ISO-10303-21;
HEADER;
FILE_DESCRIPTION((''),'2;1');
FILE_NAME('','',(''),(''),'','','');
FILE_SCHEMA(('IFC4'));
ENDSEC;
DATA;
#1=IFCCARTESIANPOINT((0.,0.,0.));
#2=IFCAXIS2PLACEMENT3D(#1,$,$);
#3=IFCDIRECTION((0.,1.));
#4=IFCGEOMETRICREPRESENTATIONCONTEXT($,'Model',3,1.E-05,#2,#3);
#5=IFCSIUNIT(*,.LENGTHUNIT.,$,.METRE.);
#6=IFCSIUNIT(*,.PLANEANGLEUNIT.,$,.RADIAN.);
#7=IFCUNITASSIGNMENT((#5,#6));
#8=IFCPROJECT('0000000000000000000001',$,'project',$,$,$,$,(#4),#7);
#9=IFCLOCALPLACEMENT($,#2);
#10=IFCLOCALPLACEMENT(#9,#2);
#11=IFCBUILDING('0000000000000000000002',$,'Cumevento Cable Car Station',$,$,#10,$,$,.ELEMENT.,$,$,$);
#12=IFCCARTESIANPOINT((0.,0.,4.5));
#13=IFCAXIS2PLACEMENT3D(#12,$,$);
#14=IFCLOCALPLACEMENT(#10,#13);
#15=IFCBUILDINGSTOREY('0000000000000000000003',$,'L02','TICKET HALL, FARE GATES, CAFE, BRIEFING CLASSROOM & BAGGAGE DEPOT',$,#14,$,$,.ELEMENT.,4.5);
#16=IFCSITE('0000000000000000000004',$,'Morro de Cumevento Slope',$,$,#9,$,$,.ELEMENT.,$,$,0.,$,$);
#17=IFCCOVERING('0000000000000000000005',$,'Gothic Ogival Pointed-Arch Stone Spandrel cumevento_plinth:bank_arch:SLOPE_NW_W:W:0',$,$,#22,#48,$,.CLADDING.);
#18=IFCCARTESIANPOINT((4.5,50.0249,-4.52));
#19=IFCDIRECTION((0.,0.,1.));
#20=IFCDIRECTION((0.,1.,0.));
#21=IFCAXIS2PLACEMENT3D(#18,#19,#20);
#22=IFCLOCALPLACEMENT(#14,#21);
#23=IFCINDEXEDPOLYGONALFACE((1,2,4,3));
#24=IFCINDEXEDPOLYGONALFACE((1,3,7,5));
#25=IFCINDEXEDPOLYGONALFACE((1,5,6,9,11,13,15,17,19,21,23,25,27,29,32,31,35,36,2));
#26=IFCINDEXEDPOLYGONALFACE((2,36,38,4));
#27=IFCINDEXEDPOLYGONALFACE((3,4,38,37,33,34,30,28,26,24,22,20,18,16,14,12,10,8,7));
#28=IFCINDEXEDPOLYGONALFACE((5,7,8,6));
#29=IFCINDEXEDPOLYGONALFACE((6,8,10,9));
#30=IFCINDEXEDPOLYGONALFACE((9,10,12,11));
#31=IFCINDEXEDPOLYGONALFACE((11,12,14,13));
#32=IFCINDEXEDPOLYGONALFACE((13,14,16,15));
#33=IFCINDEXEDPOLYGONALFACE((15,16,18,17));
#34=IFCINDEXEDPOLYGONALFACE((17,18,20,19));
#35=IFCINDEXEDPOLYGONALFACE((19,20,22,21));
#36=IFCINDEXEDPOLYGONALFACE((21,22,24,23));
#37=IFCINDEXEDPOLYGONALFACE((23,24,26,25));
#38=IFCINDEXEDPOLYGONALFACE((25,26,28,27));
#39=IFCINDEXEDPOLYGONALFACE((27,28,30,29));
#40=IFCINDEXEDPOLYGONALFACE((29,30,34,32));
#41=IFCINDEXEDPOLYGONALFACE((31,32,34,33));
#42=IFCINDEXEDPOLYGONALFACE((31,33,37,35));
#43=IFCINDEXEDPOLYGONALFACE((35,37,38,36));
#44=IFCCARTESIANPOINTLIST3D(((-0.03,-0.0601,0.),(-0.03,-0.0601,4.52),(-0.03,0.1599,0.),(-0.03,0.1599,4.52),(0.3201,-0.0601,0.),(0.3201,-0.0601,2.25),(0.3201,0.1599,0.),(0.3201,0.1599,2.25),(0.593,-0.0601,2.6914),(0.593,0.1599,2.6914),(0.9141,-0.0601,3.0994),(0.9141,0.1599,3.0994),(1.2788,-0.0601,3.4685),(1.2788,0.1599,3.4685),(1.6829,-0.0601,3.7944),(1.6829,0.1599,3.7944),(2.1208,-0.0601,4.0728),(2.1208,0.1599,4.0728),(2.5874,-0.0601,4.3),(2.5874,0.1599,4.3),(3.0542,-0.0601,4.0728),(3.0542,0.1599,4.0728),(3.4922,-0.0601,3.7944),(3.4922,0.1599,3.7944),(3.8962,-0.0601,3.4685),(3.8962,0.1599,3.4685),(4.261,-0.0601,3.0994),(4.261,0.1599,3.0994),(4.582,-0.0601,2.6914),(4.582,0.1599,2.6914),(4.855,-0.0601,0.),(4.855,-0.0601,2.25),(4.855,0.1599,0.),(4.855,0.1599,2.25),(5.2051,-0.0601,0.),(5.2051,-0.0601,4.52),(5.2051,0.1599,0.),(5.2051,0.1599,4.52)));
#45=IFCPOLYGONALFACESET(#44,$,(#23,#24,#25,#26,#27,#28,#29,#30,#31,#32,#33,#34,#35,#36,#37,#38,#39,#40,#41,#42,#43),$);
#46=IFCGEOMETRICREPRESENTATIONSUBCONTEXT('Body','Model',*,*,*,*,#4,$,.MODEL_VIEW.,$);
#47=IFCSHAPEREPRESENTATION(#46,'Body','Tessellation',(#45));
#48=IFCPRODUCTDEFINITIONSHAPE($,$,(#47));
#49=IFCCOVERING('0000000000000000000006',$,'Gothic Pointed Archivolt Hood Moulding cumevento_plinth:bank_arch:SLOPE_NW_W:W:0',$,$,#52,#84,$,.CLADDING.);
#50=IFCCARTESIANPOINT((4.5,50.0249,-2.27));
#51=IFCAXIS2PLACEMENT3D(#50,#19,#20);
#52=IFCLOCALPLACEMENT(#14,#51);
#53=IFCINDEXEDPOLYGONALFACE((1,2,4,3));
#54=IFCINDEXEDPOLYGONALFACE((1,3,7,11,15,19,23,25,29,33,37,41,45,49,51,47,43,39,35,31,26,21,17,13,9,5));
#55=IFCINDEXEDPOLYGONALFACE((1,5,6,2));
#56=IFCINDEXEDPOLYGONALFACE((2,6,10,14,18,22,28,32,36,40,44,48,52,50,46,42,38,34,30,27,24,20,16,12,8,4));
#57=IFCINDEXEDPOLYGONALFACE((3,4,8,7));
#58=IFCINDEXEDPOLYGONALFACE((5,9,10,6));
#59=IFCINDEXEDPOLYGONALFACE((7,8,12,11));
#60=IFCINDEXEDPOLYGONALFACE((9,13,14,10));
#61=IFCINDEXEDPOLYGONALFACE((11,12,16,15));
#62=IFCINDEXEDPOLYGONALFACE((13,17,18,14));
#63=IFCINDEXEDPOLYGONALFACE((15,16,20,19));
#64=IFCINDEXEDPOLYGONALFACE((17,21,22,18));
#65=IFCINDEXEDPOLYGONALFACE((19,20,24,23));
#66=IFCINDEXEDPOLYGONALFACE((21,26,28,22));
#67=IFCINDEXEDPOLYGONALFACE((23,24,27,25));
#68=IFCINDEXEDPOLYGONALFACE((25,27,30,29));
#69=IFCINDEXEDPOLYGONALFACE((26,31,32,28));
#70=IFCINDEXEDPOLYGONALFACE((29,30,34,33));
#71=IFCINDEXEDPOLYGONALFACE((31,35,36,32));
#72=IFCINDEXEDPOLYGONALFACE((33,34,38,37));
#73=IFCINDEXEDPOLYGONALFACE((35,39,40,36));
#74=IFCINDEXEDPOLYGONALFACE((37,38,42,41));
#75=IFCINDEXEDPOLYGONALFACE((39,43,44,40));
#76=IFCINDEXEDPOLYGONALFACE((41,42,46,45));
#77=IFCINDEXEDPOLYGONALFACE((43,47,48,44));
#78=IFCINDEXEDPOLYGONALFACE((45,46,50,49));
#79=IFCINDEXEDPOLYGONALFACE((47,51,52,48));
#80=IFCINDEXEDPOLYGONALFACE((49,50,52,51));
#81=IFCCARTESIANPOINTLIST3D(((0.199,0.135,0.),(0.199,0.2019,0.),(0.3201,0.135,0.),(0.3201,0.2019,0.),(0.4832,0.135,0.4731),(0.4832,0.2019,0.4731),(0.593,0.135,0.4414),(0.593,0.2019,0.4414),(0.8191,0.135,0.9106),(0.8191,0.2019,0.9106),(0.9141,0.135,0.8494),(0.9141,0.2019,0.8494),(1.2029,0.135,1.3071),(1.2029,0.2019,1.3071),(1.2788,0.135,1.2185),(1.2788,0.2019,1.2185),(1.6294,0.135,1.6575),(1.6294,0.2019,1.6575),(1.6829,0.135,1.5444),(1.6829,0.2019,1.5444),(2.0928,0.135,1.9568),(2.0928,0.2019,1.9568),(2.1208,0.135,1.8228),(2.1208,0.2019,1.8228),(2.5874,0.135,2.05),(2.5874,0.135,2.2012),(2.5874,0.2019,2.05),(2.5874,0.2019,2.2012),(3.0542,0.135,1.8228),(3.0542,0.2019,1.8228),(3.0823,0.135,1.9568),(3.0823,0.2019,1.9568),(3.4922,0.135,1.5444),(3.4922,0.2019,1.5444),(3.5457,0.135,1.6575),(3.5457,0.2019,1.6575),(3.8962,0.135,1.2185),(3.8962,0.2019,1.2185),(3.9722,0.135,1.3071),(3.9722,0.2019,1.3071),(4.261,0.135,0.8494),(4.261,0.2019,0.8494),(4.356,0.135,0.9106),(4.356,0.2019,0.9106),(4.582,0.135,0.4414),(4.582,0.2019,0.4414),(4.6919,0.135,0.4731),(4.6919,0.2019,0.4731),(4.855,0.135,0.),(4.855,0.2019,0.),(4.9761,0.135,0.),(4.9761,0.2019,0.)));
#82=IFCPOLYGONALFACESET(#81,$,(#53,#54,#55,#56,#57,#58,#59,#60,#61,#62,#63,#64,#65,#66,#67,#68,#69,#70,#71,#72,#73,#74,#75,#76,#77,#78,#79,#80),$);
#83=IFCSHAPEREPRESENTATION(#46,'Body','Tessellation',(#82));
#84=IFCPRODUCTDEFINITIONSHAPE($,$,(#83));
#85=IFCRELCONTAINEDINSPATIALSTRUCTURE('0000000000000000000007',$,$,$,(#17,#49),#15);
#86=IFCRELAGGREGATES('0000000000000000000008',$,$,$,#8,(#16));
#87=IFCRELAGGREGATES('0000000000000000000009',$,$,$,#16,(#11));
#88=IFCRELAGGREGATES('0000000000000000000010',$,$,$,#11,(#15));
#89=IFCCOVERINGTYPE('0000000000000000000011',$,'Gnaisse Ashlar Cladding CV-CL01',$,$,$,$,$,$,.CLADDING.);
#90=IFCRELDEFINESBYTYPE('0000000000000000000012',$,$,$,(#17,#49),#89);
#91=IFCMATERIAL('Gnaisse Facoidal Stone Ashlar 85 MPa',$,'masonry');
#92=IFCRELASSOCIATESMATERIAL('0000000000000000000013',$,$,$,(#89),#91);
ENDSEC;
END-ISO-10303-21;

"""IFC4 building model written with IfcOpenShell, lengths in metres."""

from ifc_helpers import new_model, si_unit, direction, frame, origin, place, context, subcontext, project, spatial, polyline, outline, extrude, material, type_object, element, save


model = new_model("IFC4")

# Units and contexts
model_context = context("Model", 3, precision=1e-05, world=origin(), true_north=direction((0.0, 1.0)))
body_context = subcontext(model_context, "Body", "Model", "MODEL_VIEW")
ifc_project = project(units=[si_unit("LENGTHUNIT", "METRE"), si_unit("PLANEANGLEUNIT", "RADIAN")], contexts=[model_context])

# Site, building, storey
site_placement = place(None, origin())
site = spatial("IfcSite", under=ifc_project, at=site_placement, Name="Morro de Cumevento Slope", CompositionType="ELEMENT", RefElevation=0.0)
building_placement = place(site_placement, origin())
building = spatial("IfcBuilding", under=site, at=building_placement, Name="Cumevento Cable Car Station", CompositionType="ELEMENT")
storey_placement = place(building_placement, frame((0.0, 0.0, 4.5)))
storey = spatial("IfcBuildingStorey", under=building, at=storey_placement, Name="L02", Description="TICKET HALL, FARE GATES, CAFE, BRIEFING CLASSROOM & BAGGAGE DEPOT", CompositionType="ELEMENT", Elevation=4.5)

# Coverings
ifc_material_1 = material(Name="Gnaisse Facoidal Stone Ashlar 85 MPa", Category="masonry")
covering_type = type_object("IfcCoveringType", Name="Gnaisse Ashlar Cladding CV-CL01", PredefinedType="CLADDING", material=ifc_material_1)
covering_1_placement = place(storey_placement, frame((4.5, 50.0249, -4.52), z_axis=(0.0, 0.0, 1.0), x_axis=(0.0, 1.0, 0.0)))
element("IfcCovering", 1, at=covering_1_placement, inside=storey, type_object=covering_type, Name="Gothic Ogival Pointed-Arch Stone Spandrel cumevento_plinth:bank_arch:SLOPE_NW_W:W:0", PredefinedType="CLADDING", context=body_context, shape_type="SweptSolid", body=[
    extrude(outline(polyline([(-0.03, 0.0), (-0.03, 4.52), (5.2051, 4.52), (5.2051, 0.0), (4.855, 0.0), (4.855, 2.25), (4.582, 2.6914), (4.261, 3.0994), (3.8962, 3.4685), (3.4922, 3.7944), (3.0542, 4.0728), (2.5874, 4.3), (2.1208, 4.0728), (1.6829, 3.7944), (1.2788, 3.4685), (0.9141, 3.0994), (0.593, 2.6914), (0.3201, 2.25), (0.3201, 0.0), (-0.03, 0.0)])), frame((0.0, 0.1599, 0.0), z_axis=(0.0, -1.0, 0.0), x_axis=(1.0, 0.0, 0.0)), (0.0, 0.0, 1.0), 0.22),
])
covering_2_placement = place(storey_placement, frame((4.5, 50.0249, -2.27), z_axis=(0.0, 0.0, 1.0), x_axis=(0.0, 1.0, 0.0)))
element("IfcCovering", 2, at=covering_2_placement, inside=storey, type_object=covering_type, Name="Gothic Pointed Archivolt Hood Moulding cumevento_plinth:bank_arch:SLOPE_NW_W:W:0", PredefinedType="CLADDING", context=body_context, shape_type="SweptSolid", body=[
    extrude(outline(polyline([(0.3201, 0.0), (0.593, 0.4414), (0.9141, 0.8494), (1.2788, 1.2185), (1.6829, 1.5444), (2.1208, 1.8228), (2.5874, 2.05), (3.0542, 1.8228), (3.4922, 1.5444), (3.8962, 1.2185), (4.261, 0.8494), (4.582, 0.4414), (4.855, 0.0), (4.9761, 0.0), (4.6919, 0.4731), (4.356, 0.9106), (3.9722, 1.3071), (3.5457, 1.6575), (3.0823, 1.9568), (2.5874, 2.2012), (2.0928, 1.9568), (1.6294, 1.6575), (1.2029, 1.3071), (0.8191, 0.9106), (0.4832, 0.4731), (0.199, 0.0), (0.3201, 0.0)])), frame((0.0, 0.2019, 0.0), z_axis=(0.0, -1.0, 0.0), x_axis=(1.0, 0.0, 0.0)), (0.0, 0.0, 1.0), 0.0669),
])

save(model, "model.ifc")
